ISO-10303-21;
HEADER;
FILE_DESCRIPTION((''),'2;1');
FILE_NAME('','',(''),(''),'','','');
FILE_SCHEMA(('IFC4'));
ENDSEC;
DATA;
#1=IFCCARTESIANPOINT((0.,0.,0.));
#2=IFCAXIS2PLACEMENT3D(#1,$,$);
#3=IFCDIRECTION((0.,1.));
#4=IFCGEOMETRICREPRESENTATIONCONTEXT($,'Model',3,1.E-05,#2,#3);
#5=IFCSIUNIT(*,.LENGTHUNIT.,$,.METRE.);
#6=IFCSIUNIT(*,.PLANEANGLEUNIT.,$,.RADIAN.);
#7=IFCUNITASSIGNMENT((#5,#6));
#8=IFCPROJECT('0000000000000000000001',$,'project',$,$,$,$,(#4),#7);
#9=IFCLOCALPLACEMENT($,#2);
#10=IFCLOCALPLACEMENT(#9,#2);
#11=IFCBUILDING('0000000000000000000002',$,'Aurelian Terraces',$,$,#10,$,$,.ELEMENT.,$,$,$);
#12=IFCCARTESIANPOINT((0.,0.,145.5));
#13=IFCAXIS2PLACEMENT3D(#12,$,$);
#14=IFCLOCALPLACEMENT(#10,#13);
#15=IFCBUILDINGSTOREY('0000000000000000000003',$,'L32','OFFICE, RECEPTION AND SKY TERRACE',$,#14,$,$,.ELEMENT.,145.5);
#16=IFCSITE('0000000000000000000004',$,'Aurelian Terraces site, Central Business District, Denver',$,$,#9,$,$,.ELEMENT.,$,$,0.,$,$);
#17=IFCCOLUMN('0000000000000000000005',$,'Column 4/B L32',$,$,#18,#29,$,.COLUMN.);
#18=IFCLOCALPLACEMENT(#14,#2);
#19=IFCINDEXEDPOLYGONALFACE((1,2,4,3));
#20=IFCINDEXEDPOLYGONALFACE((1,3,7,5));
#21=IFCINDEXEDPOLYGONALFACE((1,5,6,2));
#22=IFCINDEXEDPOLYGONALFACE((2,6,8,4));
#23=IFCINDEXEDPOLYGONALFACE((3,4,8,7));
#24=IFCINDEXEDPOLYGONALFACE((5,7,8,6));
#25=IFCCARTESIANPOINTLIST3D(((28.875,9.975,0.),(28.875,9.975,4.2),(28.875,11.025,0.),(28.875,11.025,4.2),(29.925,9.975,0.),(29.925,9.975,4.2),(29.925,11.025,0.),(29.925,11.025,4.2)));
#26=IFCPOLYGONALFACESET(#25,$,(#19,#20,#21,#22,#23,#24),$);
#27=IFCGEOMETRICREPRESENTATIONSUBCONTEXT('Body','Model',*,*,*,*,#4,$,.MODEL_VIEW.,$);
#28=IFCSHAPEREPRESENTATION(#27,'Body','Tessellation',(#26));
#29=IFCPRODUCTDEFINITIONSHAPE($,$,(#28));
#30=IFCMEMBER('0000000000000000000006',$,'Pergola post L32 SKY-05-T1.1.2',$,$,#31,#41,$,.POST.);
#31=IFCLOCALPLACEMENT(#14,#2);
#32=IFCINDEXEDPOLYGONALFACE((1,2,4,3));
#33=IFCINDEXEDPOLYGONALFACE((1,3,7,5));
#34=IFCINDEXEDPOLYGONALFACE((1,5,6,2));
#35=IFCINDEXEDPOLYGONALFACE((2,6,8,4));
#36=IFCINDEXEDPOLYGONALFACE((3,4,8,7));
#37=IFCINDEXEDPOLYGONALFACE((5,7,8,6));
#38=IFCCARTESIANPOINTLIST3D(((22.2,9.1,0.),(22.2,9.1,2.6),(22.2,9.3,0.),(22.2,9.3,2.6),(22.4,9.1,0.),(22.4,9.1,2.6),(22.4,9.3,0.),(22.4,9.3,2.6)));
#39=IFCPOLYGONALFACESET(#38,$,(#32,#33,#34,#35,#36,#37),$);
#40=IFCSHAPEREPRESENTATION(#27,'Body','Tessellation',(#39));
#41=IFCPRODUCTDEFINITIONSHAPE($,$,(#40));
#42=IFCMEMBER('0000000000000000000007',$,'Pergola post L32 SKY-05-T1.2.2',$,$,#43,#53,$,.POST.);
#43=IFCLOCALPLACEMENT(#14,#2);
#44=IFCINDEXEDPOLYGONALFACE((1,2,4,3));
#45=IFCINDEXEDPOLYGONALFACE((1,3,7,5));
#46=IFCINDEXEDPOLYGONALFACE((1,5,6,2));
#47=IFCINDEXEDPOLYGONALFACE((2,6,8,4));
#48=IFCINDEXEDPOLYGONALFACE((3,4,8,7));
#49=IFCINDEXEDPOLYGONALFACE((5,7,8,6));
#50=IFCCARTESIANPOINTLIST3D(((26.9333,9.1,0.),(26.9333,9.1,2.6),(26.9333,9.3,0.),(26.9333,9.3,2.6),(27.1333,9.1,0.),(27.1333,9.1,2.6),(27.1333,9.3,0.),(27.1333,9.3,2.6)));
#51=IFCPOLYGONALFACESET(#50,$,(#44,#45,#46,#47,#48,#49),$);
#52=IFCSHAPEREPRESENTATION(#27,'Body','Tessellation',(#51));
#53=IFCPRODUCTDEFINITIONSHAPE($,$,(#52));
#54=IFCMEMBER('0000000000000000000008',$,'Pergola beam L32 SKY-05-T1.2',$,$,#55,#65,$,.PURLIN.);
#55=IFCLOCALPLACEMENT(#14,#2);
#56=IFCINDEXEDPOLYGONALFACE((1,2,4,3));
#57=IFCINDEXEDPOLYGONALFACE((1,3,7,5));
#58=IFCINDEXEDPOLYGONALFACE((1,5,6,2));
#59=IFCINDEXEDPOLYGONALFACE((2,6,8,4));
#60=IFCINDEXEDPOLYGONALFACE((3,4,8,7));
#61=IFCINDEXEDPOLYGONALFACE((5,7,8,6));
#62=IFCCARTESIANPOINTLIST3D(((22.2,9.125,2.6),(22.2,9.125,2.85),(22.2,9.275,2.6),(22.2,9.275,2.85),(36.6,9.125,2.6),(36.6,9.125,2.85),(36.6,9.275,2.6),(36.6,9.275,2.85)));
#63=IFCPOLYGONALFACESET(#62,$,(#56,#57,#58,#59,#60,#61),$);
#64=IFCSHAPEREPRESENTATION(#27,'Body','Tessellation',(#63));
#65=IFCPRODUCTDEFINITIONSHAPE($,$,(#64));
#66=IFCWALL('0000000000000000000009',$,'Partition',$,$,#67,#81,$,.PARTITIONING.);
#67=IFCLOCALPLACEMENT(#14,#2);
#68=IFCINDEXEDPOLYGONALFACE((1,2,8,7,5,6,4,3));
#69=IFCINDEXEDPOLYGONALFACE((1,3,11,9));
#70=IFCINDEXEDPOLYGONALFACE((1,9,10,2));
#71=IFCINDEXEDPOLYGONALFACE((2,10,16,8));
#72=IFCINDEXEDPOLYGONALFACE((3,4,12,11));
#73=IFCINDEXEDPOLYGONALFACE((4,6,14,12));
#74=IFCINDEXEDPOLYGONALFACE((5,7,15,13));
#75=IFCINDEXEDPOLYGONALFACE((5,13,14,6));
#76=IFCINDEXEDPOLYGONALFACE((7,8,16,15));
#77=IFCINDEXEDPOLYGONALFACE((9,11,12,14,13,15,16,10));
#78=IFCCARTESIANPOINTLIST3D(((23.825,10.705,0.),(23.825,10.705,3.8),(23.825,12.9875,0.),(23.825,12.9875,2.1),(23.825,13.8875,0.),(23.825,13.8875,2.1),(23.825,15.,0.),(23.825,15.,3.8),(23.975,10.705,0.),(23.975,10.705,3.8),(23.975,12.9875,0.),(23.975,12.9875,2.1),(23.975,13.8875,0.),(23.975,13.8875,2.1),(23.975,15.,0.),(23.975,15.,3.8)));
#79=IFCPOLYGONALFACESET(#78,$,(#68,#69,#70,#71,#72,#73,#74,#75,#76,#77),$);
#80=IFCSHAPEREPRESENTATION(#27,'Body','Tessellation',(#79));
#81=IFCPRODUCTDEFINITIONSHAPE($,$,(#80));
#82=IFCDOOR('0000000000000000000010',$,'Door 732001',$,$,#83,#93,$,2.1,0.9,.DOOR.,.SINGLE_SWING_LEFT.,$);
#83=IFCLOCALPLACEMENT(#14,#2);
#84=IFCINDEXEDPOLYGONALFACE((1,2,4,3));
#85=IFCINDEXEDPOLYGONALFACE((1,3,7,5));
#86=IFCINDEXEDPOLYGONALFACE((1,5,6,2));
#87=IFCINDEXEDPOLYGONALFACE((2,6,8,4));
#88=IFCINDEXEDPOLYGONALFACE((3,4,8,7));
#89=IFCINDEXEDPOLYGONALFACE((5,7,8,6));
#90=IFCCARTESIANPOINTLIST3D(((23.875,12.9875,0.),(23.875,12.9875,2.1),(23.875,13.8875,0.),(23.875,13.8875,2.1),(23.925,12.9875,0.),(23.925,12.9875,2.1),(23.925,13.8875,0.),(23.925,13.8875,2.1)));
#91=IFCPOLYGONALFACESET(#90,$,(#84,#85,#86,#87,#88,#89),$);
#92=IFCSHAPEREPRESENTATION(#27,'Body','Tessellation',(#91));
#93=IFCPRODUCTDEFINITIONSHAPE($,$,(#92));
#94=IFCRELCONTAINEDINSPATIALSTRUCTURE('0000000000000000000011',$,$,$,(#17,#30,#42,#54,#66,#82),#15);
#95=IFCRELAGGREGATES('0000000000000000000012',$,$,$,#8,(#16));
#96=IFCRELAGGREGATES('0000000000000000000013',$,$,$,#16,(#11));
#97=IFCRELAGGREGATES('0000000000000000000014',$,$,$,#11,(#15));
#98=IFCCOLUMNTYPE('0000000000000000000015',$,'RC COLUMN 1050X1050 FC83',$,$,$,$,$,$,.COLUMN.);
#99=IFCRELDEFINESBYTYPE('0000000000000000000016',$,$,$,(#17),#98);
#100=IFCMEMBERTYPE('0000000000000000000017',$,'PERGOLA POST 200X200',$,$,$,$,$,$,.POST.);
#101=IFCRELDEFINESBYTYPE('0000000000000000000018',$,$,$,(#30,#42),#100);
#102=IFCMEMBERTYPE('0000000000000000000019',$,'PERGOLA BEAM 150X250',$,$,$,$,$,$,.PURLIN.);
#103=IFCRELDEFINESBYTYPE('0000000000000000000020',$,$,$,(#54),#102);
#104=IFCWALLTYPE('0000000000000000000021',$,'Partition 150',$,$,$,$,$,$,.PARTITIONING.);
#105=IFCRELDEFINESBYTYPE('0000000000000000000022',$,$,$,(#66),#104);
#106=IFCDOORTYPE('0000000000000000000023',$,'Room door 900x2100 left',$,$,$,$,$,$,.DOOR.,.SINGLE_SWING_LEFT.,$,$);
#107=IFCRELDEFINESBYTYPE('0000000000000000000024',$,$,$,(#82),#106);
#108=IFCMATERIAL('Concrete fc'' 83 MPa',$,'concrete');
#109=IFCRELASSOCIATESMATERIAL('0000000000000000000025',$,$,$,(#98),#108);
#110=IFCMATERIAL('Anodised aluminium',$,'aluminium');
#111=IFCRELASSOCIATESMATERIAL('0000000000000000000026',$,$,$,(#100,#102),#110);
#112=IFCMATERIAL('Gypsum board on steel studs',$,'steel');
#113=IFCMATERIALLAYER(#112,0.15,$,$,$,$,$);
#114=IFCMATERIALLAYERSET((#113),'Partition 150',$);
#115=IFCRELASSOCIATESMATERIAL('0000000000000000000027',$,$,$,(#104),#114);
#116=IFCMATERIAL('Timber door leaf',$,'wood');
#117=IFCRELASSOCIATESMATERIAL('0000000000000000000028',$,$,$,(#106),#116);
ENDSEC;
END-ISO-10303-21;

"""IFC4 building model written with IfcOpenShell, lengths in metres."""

from ifc_helpers import new_model, si_unit, direction, frame, frame_2d, origin, origin_2d, place, context, subcontext, project, spatial, rectangle, extrude, source, transform, mapped, material, layer, layer_set, material_profile, profile_set, type_object, element, fill, save


model = new_model("IFC4")

# Units and contexts
model_context = context("Model", 3, precision=1e-05, world=origin(), true_north=direction((0.0, 1.0)))
body_context = subcontext(model_context, "Body", "Model", "MODEL_VIEW")
ifc_project = project(units=[si_unit("LENGTHUNIT", "METRE"), si_unit("PLANEANGLEUNIT", "RADIAN")], contexts=[model_context])

# Site, building, storey
site_placement = place(None, origin())
site = spatial("IfcSite", under=ifc_project, at=site_placement, Name="Aurelian Terraces site, Central Business District, Denver", CompositionType="ELEMENT", RefElevation=0.0)
building_placement = place(site_placement, origin())
building = spatial("IfcBuilding", under=site, at=building_placement, Name="Aurelian Terraces", CompositionType="ELEMENT")
storey_placement = place(building_placement, frame((0.0, 0.0, 145.5)))
storey = spatial("IfcBuildingStorey", under=building, at=storey_placement, Name="L32", Description="OFFICE, RECEPTION AND SKY TERRACE", CompositionType="ELEMENT", Elevation=145.5)

# Column
ifc_material_1 = material(Name="Concrete fc' 83 MPa", Category="concrete")
ifc_material_profile_1 = material_profile(ifc_material_1, rectangle(XDim=1.05, YDim=1.05, at=origin_2d()))
ifc_profile_set_1 = profile_set([ifc_material_profile_1], Name="Concrete fc' 83 MPa")
column_type = type_object("IfcColumnType", Name="RC COLUMN 1050X1050 FC83", PredefinedType="COLUMN", material=ifc_profile_set_1)
shared_shape_1 = source(origin(), body_context, "Body", "SweptSolid", [
    extrude(rectangle(XDim=1.05, YDim=1.05, at=origin_2d()), origin(), (0.0, 0.0, 1.0), 4.2),
])
column_placement = place(storey_placement, frame((29.4, 10.5, 0.0), z_axis=(0.0, 0.0, 1.0), x_axis=(1.0, 0.0, 0.0)))
element("IfcColumn", 1, at=column_placement, inside=storey, type_object=column_type, Name="Column 4/B L32", PredefinedType="COLUMN", context=body_context, shape_type="MappedRepresentation", body=[
    mapped(shared_shape_1, transform((0.0, 0.0, 0.0), scale=1.0)),
])

# Members
ifc_material_2 = material(Name="Anodised aluminium", Category="aluminium")
ifc_material_profile_2 = material_profile(ifc_material_2, rectangle(XDim=0.2, YDim=0.2, at=origin_2d()))
ifc_profile_set_2 = profile_set([ifc_material_profile_2], Name="Anodised aluminium")
member_type_1 = type_object("IfcMemberType", Name="PERGOLA POST 200X200", PredefinedType="POST", material=ifc_profile_set_2)
shared_shape_2 = source(origin(), body_context, "Body", "SweptSolid", [
    extrude(rectangle(XDim=0.2, YDim=0.2, at=origin_2d()), origin(), (0.0, 0.0, 1.0), 2.6),
])
for number, where, z_axis, x_axis, name in (
    (2, (22.3, 9.2, 0.0), (0.0, 0.0, 1.0), (1.0, 0.0, 0.0), "Pergola post L32 SKY-05-T1.1.2"),
    (3, (27.0333, 9.2, 0.0), (0.0, 0.0, 1.0), (1.0, 0.0, 0.0), "Pergola post L32 SKY-05-T1.2.2"),
):
    element("IfcMember", number, at=place(storey_placement, frame(where, z_axis=z_axis, x_axis=x_axis)), inside=storey, type_object=member_type_1, Name=name, PredefinedType="POST", context=body_context, shape_type="MappedRepresentation", body=[
        mapped(shared_shape_2, transform((0.0, 0.0, 0.0), scale=1.0)),
    ])
ifc_material_profile_3 = material_profile(ifc_material_2, rectangle(XDim=0.15, YDim=0.25, at=origin_2d()))
ifc_profile_set_3 = profile_set([ifc_material_profile_3], Name="Anodised aluminium")
member_type_2 = type_object("IfcMemberType", Name="PERGOLA BEAM 150X250", PredefinedType="PURLIN", material=ifc_profile_set_3)
shared_shape_3 = source(origin(), body_context, "Body", "SweptSolid", [
    extrude(rectangle(XDim=0.15, YDim=0.25, at=origin_2d()), origin(), (0.0, 0.0, 1.0), 14.4),
])
member_placement = place(storey_placement, frame((22.2, 9.2, 2.725), z_axis=(1.0, 0.0, 0.0), x_axis=(0.0, 1.0, 0.0)))
element("IfcMember", 4, at=member_placement, inside=storey, type_object=member_type_2, Name="Pergola beam L32 SKY-05-T1.2", PredefinedType="PURLIN", context=body_context, shape_type="MappedRepresentation", body=[
    mapped(shared_shape_3, transform((0.0, 0.0, 0.0), scale=1.0)),
])

# Wall, opening, door
ifc_material_3 = material(Name="Gypsum board on steel studs", Category="steel")
ifc_layer_1 = layer(ifc_material_3, 0.15)
ifc_layer_set_1 = layer_set([ifc_layer_1], Name="Partition 150")
wall_type_1 = type_object("IfcWallType", Name="Partition 150", PredefinedType="PARTITIONING", material=ifc_layer_set_1)
shared_shape_4 = source(origin(), body_context, "Body", "SweptSolid", [
    extrude(rectangle(XDim=4.295, YDim=0.15, at=frame_2d((2.1475, 0.0))), origin(), (0.0, 0.0, 1.0), 3.8),
])
wall_1_placement = place(storey_placement, frame((23.9, 15.0, 0.0), z_axis=(0.0, 0.0, 1.0), x_axis=(0.0, -1.0, 0.0)))
wall_1 = element("IfcWall", 5, at=wall_1_placement, inside=storey, type_object=wall_type_1, Name="Partition", PredefinedType="PARTITIONING", context=body_context, shape_type="MappedRepresentation", body=[
    mapped(shared_shape_4, transform((0.0, 0.0, 0.0), scale=1.0)),
])
shared_shape_5 = source(origin(), body_context, "Body", "SweptSolid", [
    extrude(rectangle(XDim=0.9, YDim=2.1, at=frame_2d((0.45, 1.05))), frame((0.0, 0.085, 0.0), z_axis=(0.0, -1.0, 0.0), x_axis=(1.0, 0.0, 0.0)), (0.0, 0.0, 1.0), 0.17),
])
opening_1_placement = place(wall_1_placement, frame((1.1125, 0.0, 0.0)))
opening_1 = element("IfcOpeningElement", 6, at=opening_1_placement, cuts=wall_1, PredefinedType="OPENING", context=body_context, shape_type="MappedRepresentation", body=[
    mapped(shared_shape_5, transform((0.0, 0.0, 0.0), scale=1.0)),
])
ifc_material_4 = material(Name="Timber door leaf", Category="wood")
door_type_1 = type_object("IfcDoorType", Name="Room door 900x2100 left", OperationType="SINGLE_SWING_LEFT", PredefinedType="DOOR", material=ifc_material_4)
shared_shape_6 = source(origin(), body_context, "Body", "SweptSolid", [
    extrude(rectangle(XDim=0.9, YDim=2.1, at=frame_2d((0.45, 1.05))), frame((0.0, 0.025, 0.0), z_axis=(0.0, -1.0, 0.0), x_axis=(1.0, 0.0, 0.0)), (0.0, 0.0, 1.0), 0.05),
])
door_1_placement = place(opening_1_placement, origin())
door_1 = element("IfcDoor", 7, at=door_1_placement, inside=storey, type_object=door_type_1, Name="Door 732001", OperationType="SINGLE_SWING_LEFT", OverallHeight=2.1, OverallWidth=0.9, PredefinedType="DOOR", context=body_context, shape_type="MappedRepresentation", body=[
    mapped(shared_shape_6, transform((0.0, 0.0, 0.0), scale=1.0)),
])
fill(opening_1, door_1)

save(model, "model.ifc")
